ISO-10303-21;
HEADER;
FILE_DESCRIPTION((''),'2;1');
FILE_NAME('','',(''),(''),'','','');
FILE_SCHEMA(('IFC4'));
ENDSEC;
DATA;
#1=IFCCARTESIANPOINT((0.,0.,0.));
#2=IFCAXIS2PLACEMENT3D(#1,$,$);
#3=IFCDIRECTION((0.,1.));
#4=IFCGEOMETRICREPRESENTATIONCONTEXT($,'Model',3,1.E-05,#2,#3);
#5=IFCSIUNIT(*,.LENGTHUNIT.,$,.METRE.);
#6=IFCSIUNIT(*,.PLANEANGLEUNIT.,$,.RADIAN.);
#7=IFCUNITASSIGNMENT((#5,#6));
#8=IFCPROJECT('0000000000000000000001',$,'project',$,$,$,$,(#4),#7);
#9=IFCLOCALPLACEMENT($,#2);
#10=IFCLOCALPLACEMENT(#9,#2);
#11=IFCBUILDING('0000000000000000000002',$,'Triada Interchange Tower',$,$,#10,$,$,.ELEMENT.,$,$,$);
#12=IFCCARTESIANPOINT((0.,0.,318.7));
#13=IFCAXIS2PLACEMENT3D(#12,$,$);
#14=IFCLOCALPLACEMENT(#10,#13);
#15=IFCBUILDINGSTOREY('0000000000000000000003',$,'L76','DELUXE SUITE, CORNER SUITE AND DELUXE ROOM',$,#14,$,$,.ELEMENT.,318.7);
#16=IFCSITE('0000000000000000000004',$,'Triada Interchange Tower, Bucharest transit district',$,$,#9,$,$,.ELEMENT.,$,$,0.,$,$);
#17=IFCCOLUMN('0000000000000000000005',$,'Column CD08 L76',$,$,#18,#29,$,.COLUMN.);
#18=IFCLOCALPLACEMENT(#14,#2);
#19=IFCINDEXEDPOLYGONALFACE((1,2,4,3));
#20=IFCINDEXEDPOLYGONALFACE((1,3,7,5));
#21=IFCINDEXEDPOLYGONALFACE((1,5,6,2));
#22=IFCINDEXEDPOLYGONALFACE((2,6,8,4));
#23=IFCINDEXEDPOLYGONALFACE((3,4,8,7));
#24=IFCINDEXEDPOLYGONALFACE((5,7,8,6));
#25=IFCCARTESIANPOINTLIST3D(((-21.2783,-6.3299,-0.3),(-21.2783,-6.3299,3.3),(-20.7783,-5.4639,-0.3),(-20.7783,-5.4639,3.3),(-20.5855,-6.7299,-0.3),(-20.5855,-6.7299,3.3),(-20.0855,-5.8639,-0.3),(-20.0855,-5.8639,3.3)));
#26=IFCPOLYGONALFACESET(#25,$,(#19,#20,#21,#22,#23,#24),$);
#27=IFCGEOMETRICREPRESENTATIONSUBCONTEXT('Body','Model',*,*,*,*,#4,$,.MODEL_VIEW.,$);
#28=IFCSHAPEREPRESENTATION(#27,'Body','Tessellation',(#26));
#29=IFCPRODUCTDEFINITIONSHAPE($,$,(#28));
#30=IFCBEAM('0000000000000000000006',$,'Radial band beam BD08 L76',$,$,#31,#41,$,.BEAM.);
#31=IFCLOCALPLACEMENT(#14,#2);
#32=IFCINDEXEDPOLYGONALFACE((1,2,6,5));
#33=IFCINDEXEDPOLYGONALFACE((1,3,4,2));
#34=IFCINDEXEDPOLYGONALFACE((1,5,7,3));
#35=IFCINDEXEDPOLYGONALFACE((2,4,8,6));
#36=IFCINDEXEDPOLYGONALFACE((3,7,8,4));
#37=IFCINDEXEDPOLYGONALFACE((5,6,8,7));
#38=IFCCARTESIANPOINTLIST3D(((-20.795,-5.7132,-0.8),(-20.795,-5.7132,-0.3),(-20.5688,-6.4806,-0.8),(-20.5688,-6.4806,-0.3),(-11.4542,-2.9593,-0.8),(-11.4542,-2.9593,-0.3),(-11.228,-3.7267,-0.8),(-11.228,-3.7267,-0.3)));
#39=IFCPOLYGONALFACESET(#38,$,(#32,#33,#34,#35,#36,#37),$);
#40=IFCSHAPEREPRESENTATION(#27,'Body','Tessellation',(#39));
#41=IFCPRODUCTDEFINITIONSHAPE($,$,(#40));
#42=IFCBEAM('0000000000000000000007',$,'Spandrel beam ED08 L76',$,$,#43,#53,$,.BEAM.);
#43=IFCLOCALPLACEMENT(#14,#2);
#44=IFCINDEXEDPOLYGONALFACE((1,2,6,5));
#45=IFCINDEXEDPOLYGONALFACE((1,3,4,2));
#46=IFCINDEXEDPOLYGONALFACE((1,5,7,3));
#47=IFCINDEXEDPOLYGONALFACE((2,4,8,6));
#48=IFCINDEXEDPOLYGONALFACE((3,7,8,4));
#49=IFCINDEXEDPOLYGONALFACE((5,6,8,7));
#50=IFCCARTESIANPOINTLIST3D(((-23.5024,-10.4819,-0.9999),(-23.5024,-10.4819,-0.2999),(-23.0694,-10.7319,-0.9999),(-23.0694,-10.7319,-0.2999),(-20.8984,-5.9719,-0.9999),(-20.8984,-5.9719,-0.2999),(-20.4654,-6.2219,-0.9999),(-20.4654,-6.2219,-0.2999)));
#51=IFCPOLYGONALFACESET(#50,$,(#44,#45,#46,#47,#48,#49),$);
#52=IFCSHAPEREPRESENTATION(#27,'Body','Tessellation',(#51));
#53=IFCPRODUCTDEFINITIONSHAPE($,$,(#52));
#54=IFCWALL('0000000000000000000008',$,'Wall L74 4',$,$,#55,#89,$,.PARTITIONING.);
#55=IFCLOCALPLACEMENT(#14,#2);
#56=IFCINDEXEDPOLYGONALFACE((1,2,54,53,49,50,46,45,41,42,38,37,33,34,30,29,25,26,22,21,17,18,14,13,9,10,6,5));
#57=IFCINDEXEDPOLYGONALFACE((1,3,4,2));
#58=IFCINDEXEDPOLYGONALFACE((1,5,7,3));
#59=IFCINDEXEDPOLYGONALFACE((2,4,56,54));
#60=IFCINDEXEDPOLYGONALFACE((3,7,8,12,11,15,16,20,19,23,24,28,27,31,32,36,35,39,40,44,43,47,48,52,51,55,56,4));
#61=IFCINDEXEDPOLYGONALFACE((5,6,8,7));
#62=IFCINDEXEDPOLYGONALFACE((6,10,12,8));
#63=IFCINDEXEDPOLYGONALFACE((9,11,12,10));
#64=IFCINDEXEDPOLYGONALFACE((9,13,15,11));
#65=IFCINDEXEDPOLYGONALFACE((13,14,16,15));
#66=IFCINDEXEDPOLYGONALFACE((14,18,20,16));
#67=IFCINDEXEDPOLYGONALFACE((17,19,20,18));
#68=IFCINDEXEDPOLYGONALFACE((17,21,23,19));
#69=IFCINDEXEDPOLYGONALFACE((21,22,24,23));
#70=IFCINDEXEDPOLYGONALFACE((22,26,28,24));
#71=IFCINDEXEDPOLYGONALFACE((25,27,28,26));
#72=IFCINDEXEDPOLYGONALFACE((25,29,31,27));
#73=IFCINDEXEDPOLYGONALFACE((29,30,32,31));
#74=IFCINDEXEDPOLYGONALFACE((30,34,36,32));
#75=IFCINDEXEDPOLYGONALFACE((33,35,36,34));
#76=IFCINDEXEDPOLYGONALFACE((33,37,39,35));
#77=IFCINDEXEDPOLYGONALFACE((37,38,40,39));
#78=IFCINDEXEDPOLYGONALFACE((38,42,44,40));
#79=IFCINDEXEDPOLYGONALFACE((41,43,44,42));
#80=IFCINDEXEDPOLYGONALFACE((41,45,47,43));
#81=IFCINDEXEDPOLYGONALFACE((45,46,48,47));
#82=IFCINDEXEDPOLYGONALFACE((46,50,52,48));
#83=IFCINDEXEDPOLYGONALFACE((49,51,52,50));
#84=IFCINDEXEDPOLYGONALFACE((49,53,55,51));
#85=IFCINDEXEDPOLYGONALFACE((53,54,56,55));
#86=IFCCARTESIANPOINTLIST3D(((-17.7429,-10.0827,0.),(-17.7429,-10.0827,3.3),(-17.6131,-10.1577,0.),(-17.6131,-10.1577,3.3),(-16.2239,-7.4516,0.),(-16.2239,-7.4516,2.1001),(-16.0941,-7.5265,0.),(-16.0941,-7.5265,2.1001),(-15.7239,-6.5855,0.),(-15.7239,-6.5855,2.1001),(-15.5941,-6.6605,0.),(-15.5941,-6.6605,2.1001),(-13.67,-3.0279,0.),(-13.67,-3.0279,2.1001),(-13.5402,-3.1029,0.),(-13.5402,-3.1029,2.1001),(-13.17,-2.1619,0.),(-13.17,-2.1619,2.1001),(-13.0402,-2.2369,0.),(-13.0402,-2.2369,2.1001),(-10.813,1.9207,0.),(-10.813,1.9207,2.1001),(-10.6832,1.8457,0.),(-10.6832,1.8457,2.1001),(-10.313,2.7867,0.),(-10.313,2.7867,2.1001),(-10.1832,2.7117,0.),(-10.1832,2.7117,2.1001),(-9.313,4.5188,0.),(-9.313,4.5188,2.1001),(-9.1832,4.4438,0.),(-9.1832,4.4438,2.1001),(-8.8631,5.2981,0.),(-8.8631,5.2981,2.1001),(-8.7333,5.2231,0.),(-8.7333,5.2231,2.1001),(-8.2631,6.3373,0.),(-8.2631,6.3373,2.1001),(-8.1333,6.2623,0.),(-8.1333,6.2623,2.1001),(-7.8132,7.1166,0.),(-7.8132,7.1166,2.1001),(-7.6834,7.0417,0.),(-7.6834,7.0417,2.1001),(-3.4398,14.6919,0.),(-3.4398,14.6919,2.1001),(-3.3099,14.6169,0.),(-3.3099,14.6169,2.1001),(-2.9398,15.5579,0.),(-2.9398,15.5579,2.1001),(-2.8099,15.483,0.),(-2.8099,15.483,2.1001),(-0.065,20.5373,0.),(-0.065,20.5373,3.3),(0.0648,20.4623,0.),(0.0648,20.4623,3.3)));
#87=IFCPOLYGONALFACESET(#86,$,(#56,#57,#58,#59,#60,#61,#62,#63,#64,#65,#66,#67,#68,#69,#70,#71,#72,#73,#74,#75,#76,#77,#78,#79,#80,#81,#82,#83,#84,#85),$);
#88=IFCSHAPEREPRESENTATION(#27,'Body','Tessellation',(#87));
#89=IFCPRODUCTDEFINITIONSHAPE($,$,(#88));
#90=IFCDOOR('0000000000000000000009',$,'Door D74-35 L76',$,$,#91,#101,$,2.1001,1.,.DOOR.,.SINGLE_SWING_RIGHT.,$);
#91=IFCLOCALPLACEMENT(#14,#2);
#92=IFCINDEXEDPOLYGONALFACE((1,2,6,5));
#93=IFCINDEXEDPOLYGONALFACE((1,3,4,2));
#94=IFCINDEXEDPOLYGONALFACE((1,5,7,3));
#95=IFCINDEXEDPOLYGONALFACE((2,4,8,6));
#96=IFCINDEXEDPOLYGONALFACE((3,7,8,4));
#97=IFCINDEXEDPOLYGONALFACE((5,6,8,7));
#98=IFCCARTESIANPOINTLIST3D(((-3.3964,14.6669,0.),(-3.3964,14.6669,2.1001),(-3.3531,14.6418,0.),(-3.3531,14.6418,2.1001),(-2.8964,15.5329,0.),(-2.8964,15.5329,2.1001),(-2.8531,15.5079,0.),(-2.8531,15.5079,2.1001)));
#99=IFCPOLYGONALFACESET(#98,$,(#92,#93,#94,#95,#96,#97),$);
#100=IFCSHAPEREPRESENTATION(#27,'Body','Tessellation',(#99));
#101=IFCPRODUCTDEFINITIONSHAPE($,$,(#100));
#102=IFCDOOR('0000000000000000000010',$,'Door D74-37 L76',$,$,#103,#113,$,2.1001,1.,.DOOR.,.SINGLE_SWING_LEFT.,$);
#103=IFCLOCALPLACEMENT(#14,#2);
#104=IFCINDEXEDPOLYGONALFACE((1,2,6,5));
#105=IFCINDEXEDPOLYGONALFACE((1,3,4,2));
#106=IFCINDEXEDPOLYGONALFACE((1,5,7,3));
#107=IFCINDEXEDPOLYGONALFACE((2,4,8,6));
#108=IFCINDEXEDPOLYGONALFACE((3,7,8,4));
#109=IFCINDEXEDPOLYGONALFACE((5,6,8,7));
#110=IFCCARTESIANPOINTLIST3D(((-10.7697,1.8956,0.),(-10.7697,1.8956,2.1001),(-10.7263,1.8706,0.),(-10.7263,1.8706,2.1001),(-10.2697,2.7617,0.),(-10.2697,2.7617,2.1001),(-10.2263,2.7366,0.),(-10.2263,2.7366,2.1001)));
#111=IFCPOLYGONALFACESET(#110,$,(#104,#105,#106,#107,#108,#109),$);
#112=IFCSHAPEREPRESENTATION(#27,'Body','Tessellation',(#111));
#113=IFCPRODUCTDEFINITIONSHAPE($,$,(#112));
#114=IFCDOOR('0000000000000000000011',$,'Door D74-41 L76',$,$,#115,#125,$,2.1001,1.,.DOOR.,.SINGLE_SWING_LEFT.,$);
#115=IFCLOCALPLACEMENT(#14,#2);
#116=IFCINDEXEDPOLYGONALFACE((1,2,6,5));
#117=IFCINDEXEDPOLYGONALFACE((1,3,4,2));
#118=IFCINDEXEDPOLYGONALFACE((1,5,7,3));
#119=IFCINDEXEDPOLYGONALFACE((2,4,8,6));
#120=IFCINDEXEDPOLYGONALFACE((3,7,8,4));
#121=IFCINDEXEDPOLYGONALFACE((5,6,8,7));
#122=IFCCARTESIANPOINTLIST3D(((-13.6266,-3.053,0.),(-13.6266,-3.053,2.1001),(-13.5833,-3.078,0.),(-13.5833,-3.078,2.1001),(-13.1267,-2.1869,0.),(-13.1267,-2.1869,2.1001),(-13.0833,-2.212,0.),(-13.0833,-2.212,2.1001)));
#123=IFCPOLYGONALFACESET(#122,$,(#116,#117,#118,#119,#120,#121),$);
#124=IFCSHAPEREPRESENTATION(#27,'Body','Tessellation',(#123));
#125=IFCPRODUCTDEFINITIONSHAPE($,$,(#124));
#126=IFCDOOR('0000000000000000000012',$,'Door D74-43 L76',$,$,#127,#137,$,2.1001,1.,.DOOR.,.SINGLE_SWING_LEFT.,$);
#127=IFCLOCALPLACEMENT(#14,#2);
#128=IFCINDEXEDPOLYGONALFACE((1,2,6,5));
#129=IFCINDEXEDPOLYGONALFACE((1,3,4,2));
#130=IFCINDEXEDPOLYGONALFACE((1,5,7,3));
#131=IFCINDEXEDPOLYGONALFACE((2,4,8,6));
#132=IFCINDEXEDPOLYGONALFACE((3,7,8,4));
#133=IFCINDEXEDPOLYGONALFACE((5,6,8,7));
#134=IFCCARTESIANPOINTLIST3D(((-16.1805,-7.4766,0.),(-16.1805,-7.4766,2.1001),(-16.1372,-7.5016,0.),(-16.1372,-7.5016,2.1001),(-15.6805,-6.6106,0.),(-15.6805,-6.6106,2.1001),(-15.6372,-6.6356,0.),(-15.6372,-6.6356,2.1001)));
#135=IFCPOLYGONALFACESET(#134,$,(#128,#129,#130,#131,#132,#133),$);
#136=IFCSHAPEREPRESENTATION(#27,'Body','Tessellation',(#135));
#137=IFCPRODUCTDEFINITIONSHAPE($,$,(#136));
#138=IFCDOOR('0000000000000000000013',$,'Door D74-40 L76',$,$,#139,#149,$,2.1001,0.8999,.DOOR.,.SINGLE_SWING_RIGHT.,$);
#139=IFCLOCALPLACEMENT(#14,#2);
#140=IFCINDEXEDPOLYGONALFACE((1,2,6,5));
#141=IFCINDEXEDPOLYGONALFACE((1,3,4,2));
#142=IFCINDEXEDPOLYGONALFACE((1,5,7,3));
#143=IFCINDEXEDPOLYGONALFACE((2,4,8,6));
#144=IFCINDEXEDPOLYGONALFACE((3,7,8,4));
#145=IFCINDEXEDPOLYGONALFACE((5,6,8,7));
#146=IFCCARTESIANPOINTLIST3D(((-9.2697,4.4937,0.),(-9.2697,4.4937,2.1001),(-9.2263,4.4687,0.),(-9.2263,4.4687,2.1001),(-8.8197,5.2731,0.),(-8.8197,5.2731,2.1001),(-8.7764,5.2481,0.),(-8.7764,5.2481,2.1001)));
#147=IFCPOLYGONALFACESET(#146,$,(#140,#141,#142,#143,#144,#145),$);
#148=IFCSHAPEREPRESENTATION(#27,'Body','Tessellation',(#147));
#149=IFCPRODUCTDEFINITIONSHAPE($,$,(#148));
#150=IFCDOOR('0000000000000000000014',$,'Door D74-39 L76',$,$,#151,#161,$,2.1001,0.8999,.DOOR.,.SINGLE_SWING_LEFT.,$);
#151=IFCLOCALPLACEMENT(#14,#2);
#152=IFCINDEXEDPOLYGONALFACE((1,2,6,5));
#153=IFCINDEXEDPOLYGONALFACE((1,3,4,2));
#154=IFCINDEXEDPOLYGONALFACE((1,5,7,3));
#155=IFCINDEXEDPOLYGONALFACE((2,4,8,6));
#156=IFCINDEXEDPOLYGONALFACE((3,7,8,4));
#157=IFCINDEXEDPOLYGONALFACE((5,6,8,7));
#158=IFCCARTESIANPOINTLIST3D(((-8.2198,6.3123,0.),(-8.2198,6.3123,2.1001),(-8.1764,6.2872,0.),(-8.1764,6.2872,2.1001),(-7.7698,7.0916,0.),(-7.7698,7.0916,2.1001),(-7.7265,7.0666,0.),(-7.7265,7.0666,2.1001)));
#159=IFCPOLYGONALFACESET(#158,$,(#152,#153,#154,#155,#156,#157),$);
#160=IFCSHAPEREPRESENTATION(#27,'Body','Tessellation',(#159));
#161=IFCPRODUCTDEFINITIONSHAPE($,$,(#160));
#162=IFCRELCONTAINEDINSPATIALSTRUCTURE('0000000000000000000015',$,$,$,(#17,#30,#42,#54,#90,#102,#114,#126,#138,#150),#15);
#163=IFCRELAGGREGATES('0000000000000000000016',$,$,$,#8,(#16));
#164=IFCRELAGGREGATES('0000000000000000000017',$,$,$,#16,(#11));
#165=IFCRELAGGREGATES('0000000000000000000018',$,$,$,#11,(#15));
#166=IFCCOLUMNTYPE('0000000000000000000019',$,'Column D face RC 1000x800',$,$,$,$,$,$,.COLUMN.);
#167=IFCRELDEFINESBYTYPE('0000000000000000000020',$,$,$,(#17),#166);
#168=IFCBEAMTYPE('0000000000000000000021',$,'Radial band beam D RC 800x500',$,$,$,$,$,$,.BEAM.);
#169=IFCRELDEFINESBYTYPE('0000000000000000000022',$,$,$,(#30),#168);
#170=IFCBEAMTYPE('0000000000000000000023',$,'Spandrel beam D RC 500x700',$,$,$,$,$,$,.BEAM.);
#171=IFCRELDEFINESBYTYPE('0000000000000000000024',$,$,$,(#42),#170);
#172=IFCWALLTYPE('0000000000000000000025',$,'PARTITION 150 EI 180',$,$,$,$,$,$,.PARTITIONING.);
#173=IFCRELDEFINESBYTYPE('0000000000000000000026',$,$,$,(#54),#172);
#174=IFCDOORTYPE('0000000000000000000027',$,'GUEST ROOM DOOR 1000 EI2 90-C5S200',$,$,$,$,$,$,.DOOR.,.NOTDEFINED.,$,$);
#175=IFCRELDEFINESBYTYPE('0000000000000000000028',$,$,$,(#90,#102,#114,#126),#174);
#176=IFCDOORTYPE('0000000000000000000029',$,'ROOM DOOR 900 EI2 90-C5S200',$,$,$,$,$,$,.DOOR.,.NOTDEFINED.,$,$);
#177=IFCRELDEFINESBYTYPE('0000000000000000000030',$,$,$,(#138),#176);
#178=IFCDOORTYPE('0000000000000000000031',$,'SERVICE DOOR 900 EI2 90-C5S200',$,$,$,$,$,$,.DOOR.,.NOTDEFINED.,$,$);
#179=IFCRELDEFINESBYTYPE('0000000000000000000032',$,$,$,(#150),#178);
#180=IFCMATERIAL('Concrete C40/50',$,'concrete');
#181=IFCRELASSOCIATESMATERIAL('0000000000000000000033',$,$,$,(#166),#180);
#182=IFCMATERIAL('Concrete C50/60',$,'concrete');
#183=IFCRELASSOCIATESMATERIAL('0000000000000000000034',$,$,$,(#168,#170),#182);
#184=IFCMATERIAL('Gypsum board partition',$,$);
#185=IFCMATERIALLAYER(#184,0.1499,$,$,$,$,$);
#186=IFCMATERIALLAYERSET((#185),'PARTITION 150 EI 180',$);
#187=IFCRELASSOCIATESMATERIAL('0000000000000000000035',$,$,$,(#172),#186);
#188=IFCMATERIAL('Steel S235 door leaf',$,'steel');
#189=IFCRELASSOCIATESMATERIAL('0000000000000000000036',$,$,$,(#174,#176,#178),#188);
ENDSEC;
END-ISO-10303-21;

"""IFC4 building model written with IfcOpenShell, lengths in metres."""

from ifc_helpers import new_model, si_unit, direction, frame, frame_2d, origin, origin_2d, place, context, subcontext, project, spatial, rectangle, extrude, material, layer, layer_set, material_profile, profile_set, type_object, element, fill, save


model = new_model("IFC4")

# Units and contexts
model_context = context("Model", 3, precision=1e-05, world=origin(), true_north=direction((0.0, 1.0)))
body_context = subcontext(model_context, "Body", "Model", "MODEL_VIEW")
ifc_project = project(units=[si_unit("LENGTHUNIT", "METRE"), si_unit("PLANEANGLEUNIT", "RADIAN")], contexts=[model_context])

# Site, building, storey
site_placement = place(None, origin())
site = spatial("IfcSite", under=ifc_project, at=site_placement, Name="Triada Interchange Tower, Bucharest transit district", CompositionType="ELEMENT", RefElevation=0.0)
building_placement = place(site_placement, origin())
building = spatial("IfcBuilding", under=site, at=building_placement, Name="Triada Interchange Tower", CompositionType="ELEMENT")
storey_placement = place(building_placement, frame((0.0, 0.0, 318.7)))
storey = spatial("IfcBuildingStorey", under=building, at=storey_placement, Name="L76", Description="DELUXE SUITE, CORNER SUITE AND DELUXE ROOM", CompositionType="ELEMENT", Elevation=318.7)

# Column
ifc_material_1 = material(Name="Concrete C40/50", Category="concrete")
ifc_material_profile_1 = material_profile(ifc_material_1, rectangle(XDim=1.0, YDim=0.8, at=origin_2d()), Name="RC 1000x800")
ifc_profile_set_1 = profile_set([ifc_material_profile_1], Name="Concrete C40/50")
column_type = type_object("IfcColumnType", Name="Column D face RC 1000x800", PredefinedType="COLUMN", material=ifc_profile_set_1)
column_placement = place(storey_placement, frame((-20.6819, -6.0969, -0.3), z_axis=(0.0, 0.0, 1.0), x_axis=(0.5, 0.866025, 0.0)))
element("IfcColumn", 1, at=column_placement, inside=storey, type_object=column_type, Name="Column CD08 L76", PredefinedType="COLUMN", context=body_context, shape_type="SweptSolid", body=[
    extrude(rectangle(XDim=1.0, YDim=0.8, at=origin_2d()), origin(), (0.0, 0.0, 1.0), 3.6001),
])

# Beams
ifc_material_2 = material(Name="Concrete C50/60", Category="concrete")
ifc_material_profile_2 = material_profile(ifc_material_2, rectangle(XDim=0.8, YDim=0.5, at=origin_2d()), Name="RC 800x500")
ifc_profile_set_2 = profile_set([ifc_material_profile_2], Name="Concrete C50/60")
beam_type_1 = type_object("IfcBeamType", Name="Radial band beam D RC 800x500", PredefinedType="BEAM", material=ifc_profile_set_2)
beam_1_placement = place(storey_placement, frame((-20.6819, -6.0969, -0.55), z_axis=(0.959182, 0.282791, 0.0), x_axis=(-0.282791, 0.959182, 0.0)))
element("IfcBeam", 2, at=beam_1_placement, inside=storey, type_object=beam_type_1, Name="Radial band beam BD08 L76", PredefinedType="BEAM", context=body_context, shape_type="SweptSolid", body=[
    extrude(rectangle(XDim=0.8, YDim=0.5, at=origin_2d()), origin(), (0.0, 0.0, 1.0), 9.7383),
])
ifc_material_profile_3 = material_profile(ifc_material_2, rectangle(XDim=0.5, YDim=0.7, at=origin_2d()), Name="RC 500x700")
ifc_profile_set_3 = profile_set([ifc_material_profile_3], Name="Concrete C50/60")
beam_type_2 = type_object("IfcBeamType", Name="Spandrel beam D RC 500x700", PredefinedType="BEAM", material=ifc_profile_set_3)
beam_2_placement = place(storey_placement, frame((-20.6819, -6.0969, -0.6499), z_axis=(-0.500021, -0.866013, 0.0), x_axis=(0.866013, -0.500021, 0.0)))
element("IfcBeam", 3, at=beam_2_placement, inside=storey, type_object=beam_type_2, Name="Spandrel beam ED08 L76", PredefinedType="BEAM", context=body_context, shape_type="SweptSolid", body=[
    extrude(rectangle(XDim=0.5, YDim=0.7, at=origin_2d()), origin(), (0.0, 0.0, 1.0), 5.2078),
])

# Wall, openings, doors
ifc_material_3 = material(Name="Gypsum board partition")
ifc_layer_1 = layer(ifc_material_3, 0.1499)
ifc_layer_set_1 = layer_set([ifc_layer_1], Name="PARTITION 150 EI 180")
wall_type_1 = type_object("IfcWallType", Name="PARTITION 150 EI 180", PredefinedType="PARTITIONING", material=ifc_layer_set_1)
wall_1_placement = place(storey_placement, frame((-17.678, -10.1201, 0.0), z_axis=(0.0, 0.0, 1.0), x_axis=(0.499988, 0.866032, 0.0)))
wall_1 = element("IfcWall", 4, at=wall_1_placement, inside=storey, type_object=wall_type_1, Name="Wall L74 4", PredefinedType="PARTITIONING", context=body_context, shape_type="SweptSolid", body=[
    extrude(rectangle(XDim=35.3567, YDim=0.1499, at=frame_2d((17.6782, 0.0))), origin(), (0.0, 0.0, 1.0), 3.3),
])
opening_1_placement = place(wall_1_placement, frame((28.6069, 0.0, 0.0)))
opening_1 = element("IfcOpeningElement", 5, at=opening_1_placement, cuts=wall_1, PredefinedType="OPENING", context=body_context, shape_type="SweptSolid", body=[
    extrude(rectangle(XDim=1.0, YDim=2.1001, at=frame_2d((0.5, 1.05))), frame((0.0, 0.085, 0.0), z_axis=(0.0, -1.0, 0.0), x_axis=(1.0, 0.0, 0.0)), (0.0, 0.0, 1.0), 0.1699),
])
opening_2_placement = place(wall_1_placement, frame((13.8601, 0.0, 0.0)))
opening_2 = element("IfcOpeningElement", 6, at=opening_2_placement, cuts=wall_1, PredefinedType="OPENING", context=body_context, shape_type="SweptSolid", body=[
    extrude(rectangle(XDim=1.0, YDim=2.1001, at=frame_2d((0.5, 1.05))), frame((0.0, 0.085, 0.0), z_axis=(0.0, -1.0, 0.0), x_axis=(1.0, 0.0, 0.0)), (0.0, 0.0, 1.0), 0.1699),
])
opening_3_placement = place(wall_1_placement, frame((18.96, 0.0, 0.0)))
opening_3 = element("IfcOpeningElement", 7, at=opening_3_placement, cuts=wall_1, PredefinedType="OPENING", context=body_context, shape_type="SweptSolid", body=[
    extrude(rectangle(XDim=0.8999, YDim=2.1001, at=frame_2d((0.45, 1.05))), frame((0.0, 0.085, 0.0), z_axis=(0.0, -1.0, 0.0), x_axis=(1.0, 0.0, 0.0)), (0.0, 0.0, 1.0), 0.1699),
])
opening_4_placement = place(wall_1_placement, frame((16.8601, 0.0, 0.0)))
opening_4 = element("IfcOpeningElement", 8, at=opening_4_placement, cuts=wall_1, PredefinedType="OPENING", context=body_context, shape_type="SweptSolid", body=[
    extrude(rectangle(XDim=0.8999, YDim=2.1001, at=frame_2d((0.45, 1.05))), frame((0.0, 0.085, 0.0), z_axis=(0.0, -1.0, 0.0), x_axis=(1.0, 0.0, 0.0)), (0.0, 0.0, 1.0), 0.1699),
])
opening_5_placement = place(wall_1_placement, frame((8.146, 0.0, 0.0)))
opening_5 = element("IfcOpeningElement", 9, at=opening_5_placement, cuts=wall_1, PredefinedType="OPENING", context=body_context, shape_type="SweptSolid", body=[
    extrude(rectangle(XDim=1.0, YDim=2.1001, at=frame_2d((0.5, 1.05))), frame((0.0, 0.085, 0.0), z_axis=(0.0, -1.0, 0.0), x_axis=(1.0, 0.0, 0.0)), (0.0, 0.0, 1.0), 0.1699),
])
opening_6_placement = place(wall_1_placement, frame((3.0381, 0.0, 0.0)))
opening_6 = element("IfcOpeningElement", 10, at=opening_6_placement, cuts=wall_1, PredefinedType="OPENING", context=body_context, shape_type="SweptSolid", body=[
    extrude(rectangle(XDim=1.0, YDim=2.1001, at=frame_2d((0.5, 1.05))), frame((0.0, 0.085, 0.0), z_axis=(0.0, -1.0, 0.0), x_axis=(1.0, 0.0, 0.0)), (0.0, 0.0, 1.0), 0.1699),
])
ifc_material_4 = material(Name="Steel S235 door leaf", Category="steel")
door_type_1 = type_object("IfcDoorType", Name="GUEST ROOM DOOR 1000 EI2 90-C5S200", OperationType="NOTDEFINED", PredefinedType="DOOR", material=ifc_material_4)
door_1_placement = place(opening_1_placement, origin())
door_1 = element("IfcDoor", 11, at=door_1_placement, inside=storey, type_object=door_type_1, Name="Door D74-35 L76", OperationType="SINGLE_SWING_RIGHT", OverallHeight=2.1001, OverallWidth=1.0, PredefinedType="DOOR", context=body_context, shape_type="SweptSolid", body=[
    extrude(rectangle(XDim=1.0, YDim=2.1001, at=frame_2d((0.5, 1.05))), frame((0.0, 0.0249, 0.0), z_axis=(0.0, -1.0, 0.0), x_axis=(1.0, 0.0, 0.0)), (0.0, 0.0, 1.0), 0.05),
])
fill(opening_1, door_1)
door_2_placement = place(opening_2_placement, origin())
door_2 = element("IfcDoor", 12, at=door_2_placement, inside=storey, type_object=door_type_1, Name="Door D74-37 L76", OperationType="SINGLE_SWING_LEFT", OverallHeight=2.1001, OverallWidth=1.0, PredefinedType="DOOR", context=body_context, shape_type="SweptSolid", body=[
    extrude(rectangle(XDim=1.0, YDim=2.1001, at=frame_2d((0.5, 1.05))), frame((0.0, 0.0249, 0.0), z_axis=(0.0, -1.0, 0.0), x_axis=(1.0, 0.0, 0.0)), (0.0, 0.0, 1.0), 0.05),
])
fill(opening_2, door_2)
door_3_placement = place(opening_5_placement, origin())
door_3 = element("IfcDoor", 13, at=door_3_placement, inside=storey, type_object=door_type_1, Name="Door D74-41 L76", OperationType="SINGLE_SWING_LEFT", OverallHeight=2.1001, OverallWidth=1.0, PredefinedType="DOOR", context=body_context, shape_type="SweptSolid", body=[
    extrude(rectangle(XDim=1.0, YDim=2.1001, at=frame_2d((0.5, 1.05))), frame((0.0, 0.0249, 0.0), z_axis=(0.0, -1.0, 0.0), x_axis=(1.0, 0.0, 0.0)), (0.0, 0.0, 1.0), 0.05),
])
fill(opening_5, door_3)
door_4_placement = place(opening_6_placement, origin())
door_4 = element("IfcDoor", 14, at=door_4_placement, inside=storey, type_object=door_type_1, Name="Door D74-43 L76", OperationType="SINGLE_SWING_LEFT", OverallHeight=2.1001, OverallWidth=1.0, PredefinedType="DOOR", context=body_context, shape_type="SweptSolid", body=[
    extrude(rectangle(XDim=1.0, YDim=2.1001, at=frame_2d((0.5, 1.05))), frame((0.0, 0.0249, 0.0), z_axis=(0.0, -1.0, 0.0), x_axis=(1.0, 0.0, 0.0)), (0.0, 0.0, 1.0), 0.05),
])
fill(opening_6, door_4)
door_type_2 = type_object("IfcDoorType", Name="ROOM DOOR 900 EI2 90-C5S200", OperationType="NOTDEFINED", PredefinedType="DOOR", material=ifc_material_4)
door_5_placement = place(opening_4_placement, origin())
door_5 = element("IfcDoor", 15, at=door_5_placement, inside=storey, type_object=door_type_2, Name="Door D74-40 L76", OperationType="SINGLE_SWING_RIGHT", OverallHeight=2.1001, OverallWidth=0.8999, PredefinedType="DOOR", context=body_context, shape_type="SweptSolid", body=[
    extrude(rectangle(XDim=0.8999, YDim=2.1001, at=frame_2d((0.45, 1.05))), frame((0.0, 0.0249, 0.0), z_axis=(0.0, -1.0, 0.0), x_axis=(1.0, 0.0, 0.0)), (0.0, 0.0, 1.0), 0.05),
])
fill(opening_4, door_5)
door_type_3 = type_object("IfcDoorType", Name="SERVICE DOOR 900 EI2 90-C5S200", OperationType="NOTDEFINED", PredefinedType="DOOR", material=ifc_material_4)
door_6_placement = place(opening_3_placement, origin())
door_6 = element("IfcDoor", 16, at=door_6_placement, inside=storey, type_object=door_type_3, Name="Door D74-39 L76", OperationType="SINGLE_SWING_LEFT", OverallHeight=2.1001, OverallWidth=0.8999, PredefinedType="DOOR", context=body_context, shape_type="SweptSolid", body=[
    extrude(rectangle(XDim=0.8999, YDim=2.1001, at=frame_2d((0.45, 1.05))), frame((0.0, 0.0249, 0.0), z_axis=(0.0, -1.0, 0.0), x_axis=(1.0, 0.0, 0.0)), (0.0, 0.0, 1.0), 0.05),
])
fill(opening_3, door_6)

save(model, "model.ifc")
